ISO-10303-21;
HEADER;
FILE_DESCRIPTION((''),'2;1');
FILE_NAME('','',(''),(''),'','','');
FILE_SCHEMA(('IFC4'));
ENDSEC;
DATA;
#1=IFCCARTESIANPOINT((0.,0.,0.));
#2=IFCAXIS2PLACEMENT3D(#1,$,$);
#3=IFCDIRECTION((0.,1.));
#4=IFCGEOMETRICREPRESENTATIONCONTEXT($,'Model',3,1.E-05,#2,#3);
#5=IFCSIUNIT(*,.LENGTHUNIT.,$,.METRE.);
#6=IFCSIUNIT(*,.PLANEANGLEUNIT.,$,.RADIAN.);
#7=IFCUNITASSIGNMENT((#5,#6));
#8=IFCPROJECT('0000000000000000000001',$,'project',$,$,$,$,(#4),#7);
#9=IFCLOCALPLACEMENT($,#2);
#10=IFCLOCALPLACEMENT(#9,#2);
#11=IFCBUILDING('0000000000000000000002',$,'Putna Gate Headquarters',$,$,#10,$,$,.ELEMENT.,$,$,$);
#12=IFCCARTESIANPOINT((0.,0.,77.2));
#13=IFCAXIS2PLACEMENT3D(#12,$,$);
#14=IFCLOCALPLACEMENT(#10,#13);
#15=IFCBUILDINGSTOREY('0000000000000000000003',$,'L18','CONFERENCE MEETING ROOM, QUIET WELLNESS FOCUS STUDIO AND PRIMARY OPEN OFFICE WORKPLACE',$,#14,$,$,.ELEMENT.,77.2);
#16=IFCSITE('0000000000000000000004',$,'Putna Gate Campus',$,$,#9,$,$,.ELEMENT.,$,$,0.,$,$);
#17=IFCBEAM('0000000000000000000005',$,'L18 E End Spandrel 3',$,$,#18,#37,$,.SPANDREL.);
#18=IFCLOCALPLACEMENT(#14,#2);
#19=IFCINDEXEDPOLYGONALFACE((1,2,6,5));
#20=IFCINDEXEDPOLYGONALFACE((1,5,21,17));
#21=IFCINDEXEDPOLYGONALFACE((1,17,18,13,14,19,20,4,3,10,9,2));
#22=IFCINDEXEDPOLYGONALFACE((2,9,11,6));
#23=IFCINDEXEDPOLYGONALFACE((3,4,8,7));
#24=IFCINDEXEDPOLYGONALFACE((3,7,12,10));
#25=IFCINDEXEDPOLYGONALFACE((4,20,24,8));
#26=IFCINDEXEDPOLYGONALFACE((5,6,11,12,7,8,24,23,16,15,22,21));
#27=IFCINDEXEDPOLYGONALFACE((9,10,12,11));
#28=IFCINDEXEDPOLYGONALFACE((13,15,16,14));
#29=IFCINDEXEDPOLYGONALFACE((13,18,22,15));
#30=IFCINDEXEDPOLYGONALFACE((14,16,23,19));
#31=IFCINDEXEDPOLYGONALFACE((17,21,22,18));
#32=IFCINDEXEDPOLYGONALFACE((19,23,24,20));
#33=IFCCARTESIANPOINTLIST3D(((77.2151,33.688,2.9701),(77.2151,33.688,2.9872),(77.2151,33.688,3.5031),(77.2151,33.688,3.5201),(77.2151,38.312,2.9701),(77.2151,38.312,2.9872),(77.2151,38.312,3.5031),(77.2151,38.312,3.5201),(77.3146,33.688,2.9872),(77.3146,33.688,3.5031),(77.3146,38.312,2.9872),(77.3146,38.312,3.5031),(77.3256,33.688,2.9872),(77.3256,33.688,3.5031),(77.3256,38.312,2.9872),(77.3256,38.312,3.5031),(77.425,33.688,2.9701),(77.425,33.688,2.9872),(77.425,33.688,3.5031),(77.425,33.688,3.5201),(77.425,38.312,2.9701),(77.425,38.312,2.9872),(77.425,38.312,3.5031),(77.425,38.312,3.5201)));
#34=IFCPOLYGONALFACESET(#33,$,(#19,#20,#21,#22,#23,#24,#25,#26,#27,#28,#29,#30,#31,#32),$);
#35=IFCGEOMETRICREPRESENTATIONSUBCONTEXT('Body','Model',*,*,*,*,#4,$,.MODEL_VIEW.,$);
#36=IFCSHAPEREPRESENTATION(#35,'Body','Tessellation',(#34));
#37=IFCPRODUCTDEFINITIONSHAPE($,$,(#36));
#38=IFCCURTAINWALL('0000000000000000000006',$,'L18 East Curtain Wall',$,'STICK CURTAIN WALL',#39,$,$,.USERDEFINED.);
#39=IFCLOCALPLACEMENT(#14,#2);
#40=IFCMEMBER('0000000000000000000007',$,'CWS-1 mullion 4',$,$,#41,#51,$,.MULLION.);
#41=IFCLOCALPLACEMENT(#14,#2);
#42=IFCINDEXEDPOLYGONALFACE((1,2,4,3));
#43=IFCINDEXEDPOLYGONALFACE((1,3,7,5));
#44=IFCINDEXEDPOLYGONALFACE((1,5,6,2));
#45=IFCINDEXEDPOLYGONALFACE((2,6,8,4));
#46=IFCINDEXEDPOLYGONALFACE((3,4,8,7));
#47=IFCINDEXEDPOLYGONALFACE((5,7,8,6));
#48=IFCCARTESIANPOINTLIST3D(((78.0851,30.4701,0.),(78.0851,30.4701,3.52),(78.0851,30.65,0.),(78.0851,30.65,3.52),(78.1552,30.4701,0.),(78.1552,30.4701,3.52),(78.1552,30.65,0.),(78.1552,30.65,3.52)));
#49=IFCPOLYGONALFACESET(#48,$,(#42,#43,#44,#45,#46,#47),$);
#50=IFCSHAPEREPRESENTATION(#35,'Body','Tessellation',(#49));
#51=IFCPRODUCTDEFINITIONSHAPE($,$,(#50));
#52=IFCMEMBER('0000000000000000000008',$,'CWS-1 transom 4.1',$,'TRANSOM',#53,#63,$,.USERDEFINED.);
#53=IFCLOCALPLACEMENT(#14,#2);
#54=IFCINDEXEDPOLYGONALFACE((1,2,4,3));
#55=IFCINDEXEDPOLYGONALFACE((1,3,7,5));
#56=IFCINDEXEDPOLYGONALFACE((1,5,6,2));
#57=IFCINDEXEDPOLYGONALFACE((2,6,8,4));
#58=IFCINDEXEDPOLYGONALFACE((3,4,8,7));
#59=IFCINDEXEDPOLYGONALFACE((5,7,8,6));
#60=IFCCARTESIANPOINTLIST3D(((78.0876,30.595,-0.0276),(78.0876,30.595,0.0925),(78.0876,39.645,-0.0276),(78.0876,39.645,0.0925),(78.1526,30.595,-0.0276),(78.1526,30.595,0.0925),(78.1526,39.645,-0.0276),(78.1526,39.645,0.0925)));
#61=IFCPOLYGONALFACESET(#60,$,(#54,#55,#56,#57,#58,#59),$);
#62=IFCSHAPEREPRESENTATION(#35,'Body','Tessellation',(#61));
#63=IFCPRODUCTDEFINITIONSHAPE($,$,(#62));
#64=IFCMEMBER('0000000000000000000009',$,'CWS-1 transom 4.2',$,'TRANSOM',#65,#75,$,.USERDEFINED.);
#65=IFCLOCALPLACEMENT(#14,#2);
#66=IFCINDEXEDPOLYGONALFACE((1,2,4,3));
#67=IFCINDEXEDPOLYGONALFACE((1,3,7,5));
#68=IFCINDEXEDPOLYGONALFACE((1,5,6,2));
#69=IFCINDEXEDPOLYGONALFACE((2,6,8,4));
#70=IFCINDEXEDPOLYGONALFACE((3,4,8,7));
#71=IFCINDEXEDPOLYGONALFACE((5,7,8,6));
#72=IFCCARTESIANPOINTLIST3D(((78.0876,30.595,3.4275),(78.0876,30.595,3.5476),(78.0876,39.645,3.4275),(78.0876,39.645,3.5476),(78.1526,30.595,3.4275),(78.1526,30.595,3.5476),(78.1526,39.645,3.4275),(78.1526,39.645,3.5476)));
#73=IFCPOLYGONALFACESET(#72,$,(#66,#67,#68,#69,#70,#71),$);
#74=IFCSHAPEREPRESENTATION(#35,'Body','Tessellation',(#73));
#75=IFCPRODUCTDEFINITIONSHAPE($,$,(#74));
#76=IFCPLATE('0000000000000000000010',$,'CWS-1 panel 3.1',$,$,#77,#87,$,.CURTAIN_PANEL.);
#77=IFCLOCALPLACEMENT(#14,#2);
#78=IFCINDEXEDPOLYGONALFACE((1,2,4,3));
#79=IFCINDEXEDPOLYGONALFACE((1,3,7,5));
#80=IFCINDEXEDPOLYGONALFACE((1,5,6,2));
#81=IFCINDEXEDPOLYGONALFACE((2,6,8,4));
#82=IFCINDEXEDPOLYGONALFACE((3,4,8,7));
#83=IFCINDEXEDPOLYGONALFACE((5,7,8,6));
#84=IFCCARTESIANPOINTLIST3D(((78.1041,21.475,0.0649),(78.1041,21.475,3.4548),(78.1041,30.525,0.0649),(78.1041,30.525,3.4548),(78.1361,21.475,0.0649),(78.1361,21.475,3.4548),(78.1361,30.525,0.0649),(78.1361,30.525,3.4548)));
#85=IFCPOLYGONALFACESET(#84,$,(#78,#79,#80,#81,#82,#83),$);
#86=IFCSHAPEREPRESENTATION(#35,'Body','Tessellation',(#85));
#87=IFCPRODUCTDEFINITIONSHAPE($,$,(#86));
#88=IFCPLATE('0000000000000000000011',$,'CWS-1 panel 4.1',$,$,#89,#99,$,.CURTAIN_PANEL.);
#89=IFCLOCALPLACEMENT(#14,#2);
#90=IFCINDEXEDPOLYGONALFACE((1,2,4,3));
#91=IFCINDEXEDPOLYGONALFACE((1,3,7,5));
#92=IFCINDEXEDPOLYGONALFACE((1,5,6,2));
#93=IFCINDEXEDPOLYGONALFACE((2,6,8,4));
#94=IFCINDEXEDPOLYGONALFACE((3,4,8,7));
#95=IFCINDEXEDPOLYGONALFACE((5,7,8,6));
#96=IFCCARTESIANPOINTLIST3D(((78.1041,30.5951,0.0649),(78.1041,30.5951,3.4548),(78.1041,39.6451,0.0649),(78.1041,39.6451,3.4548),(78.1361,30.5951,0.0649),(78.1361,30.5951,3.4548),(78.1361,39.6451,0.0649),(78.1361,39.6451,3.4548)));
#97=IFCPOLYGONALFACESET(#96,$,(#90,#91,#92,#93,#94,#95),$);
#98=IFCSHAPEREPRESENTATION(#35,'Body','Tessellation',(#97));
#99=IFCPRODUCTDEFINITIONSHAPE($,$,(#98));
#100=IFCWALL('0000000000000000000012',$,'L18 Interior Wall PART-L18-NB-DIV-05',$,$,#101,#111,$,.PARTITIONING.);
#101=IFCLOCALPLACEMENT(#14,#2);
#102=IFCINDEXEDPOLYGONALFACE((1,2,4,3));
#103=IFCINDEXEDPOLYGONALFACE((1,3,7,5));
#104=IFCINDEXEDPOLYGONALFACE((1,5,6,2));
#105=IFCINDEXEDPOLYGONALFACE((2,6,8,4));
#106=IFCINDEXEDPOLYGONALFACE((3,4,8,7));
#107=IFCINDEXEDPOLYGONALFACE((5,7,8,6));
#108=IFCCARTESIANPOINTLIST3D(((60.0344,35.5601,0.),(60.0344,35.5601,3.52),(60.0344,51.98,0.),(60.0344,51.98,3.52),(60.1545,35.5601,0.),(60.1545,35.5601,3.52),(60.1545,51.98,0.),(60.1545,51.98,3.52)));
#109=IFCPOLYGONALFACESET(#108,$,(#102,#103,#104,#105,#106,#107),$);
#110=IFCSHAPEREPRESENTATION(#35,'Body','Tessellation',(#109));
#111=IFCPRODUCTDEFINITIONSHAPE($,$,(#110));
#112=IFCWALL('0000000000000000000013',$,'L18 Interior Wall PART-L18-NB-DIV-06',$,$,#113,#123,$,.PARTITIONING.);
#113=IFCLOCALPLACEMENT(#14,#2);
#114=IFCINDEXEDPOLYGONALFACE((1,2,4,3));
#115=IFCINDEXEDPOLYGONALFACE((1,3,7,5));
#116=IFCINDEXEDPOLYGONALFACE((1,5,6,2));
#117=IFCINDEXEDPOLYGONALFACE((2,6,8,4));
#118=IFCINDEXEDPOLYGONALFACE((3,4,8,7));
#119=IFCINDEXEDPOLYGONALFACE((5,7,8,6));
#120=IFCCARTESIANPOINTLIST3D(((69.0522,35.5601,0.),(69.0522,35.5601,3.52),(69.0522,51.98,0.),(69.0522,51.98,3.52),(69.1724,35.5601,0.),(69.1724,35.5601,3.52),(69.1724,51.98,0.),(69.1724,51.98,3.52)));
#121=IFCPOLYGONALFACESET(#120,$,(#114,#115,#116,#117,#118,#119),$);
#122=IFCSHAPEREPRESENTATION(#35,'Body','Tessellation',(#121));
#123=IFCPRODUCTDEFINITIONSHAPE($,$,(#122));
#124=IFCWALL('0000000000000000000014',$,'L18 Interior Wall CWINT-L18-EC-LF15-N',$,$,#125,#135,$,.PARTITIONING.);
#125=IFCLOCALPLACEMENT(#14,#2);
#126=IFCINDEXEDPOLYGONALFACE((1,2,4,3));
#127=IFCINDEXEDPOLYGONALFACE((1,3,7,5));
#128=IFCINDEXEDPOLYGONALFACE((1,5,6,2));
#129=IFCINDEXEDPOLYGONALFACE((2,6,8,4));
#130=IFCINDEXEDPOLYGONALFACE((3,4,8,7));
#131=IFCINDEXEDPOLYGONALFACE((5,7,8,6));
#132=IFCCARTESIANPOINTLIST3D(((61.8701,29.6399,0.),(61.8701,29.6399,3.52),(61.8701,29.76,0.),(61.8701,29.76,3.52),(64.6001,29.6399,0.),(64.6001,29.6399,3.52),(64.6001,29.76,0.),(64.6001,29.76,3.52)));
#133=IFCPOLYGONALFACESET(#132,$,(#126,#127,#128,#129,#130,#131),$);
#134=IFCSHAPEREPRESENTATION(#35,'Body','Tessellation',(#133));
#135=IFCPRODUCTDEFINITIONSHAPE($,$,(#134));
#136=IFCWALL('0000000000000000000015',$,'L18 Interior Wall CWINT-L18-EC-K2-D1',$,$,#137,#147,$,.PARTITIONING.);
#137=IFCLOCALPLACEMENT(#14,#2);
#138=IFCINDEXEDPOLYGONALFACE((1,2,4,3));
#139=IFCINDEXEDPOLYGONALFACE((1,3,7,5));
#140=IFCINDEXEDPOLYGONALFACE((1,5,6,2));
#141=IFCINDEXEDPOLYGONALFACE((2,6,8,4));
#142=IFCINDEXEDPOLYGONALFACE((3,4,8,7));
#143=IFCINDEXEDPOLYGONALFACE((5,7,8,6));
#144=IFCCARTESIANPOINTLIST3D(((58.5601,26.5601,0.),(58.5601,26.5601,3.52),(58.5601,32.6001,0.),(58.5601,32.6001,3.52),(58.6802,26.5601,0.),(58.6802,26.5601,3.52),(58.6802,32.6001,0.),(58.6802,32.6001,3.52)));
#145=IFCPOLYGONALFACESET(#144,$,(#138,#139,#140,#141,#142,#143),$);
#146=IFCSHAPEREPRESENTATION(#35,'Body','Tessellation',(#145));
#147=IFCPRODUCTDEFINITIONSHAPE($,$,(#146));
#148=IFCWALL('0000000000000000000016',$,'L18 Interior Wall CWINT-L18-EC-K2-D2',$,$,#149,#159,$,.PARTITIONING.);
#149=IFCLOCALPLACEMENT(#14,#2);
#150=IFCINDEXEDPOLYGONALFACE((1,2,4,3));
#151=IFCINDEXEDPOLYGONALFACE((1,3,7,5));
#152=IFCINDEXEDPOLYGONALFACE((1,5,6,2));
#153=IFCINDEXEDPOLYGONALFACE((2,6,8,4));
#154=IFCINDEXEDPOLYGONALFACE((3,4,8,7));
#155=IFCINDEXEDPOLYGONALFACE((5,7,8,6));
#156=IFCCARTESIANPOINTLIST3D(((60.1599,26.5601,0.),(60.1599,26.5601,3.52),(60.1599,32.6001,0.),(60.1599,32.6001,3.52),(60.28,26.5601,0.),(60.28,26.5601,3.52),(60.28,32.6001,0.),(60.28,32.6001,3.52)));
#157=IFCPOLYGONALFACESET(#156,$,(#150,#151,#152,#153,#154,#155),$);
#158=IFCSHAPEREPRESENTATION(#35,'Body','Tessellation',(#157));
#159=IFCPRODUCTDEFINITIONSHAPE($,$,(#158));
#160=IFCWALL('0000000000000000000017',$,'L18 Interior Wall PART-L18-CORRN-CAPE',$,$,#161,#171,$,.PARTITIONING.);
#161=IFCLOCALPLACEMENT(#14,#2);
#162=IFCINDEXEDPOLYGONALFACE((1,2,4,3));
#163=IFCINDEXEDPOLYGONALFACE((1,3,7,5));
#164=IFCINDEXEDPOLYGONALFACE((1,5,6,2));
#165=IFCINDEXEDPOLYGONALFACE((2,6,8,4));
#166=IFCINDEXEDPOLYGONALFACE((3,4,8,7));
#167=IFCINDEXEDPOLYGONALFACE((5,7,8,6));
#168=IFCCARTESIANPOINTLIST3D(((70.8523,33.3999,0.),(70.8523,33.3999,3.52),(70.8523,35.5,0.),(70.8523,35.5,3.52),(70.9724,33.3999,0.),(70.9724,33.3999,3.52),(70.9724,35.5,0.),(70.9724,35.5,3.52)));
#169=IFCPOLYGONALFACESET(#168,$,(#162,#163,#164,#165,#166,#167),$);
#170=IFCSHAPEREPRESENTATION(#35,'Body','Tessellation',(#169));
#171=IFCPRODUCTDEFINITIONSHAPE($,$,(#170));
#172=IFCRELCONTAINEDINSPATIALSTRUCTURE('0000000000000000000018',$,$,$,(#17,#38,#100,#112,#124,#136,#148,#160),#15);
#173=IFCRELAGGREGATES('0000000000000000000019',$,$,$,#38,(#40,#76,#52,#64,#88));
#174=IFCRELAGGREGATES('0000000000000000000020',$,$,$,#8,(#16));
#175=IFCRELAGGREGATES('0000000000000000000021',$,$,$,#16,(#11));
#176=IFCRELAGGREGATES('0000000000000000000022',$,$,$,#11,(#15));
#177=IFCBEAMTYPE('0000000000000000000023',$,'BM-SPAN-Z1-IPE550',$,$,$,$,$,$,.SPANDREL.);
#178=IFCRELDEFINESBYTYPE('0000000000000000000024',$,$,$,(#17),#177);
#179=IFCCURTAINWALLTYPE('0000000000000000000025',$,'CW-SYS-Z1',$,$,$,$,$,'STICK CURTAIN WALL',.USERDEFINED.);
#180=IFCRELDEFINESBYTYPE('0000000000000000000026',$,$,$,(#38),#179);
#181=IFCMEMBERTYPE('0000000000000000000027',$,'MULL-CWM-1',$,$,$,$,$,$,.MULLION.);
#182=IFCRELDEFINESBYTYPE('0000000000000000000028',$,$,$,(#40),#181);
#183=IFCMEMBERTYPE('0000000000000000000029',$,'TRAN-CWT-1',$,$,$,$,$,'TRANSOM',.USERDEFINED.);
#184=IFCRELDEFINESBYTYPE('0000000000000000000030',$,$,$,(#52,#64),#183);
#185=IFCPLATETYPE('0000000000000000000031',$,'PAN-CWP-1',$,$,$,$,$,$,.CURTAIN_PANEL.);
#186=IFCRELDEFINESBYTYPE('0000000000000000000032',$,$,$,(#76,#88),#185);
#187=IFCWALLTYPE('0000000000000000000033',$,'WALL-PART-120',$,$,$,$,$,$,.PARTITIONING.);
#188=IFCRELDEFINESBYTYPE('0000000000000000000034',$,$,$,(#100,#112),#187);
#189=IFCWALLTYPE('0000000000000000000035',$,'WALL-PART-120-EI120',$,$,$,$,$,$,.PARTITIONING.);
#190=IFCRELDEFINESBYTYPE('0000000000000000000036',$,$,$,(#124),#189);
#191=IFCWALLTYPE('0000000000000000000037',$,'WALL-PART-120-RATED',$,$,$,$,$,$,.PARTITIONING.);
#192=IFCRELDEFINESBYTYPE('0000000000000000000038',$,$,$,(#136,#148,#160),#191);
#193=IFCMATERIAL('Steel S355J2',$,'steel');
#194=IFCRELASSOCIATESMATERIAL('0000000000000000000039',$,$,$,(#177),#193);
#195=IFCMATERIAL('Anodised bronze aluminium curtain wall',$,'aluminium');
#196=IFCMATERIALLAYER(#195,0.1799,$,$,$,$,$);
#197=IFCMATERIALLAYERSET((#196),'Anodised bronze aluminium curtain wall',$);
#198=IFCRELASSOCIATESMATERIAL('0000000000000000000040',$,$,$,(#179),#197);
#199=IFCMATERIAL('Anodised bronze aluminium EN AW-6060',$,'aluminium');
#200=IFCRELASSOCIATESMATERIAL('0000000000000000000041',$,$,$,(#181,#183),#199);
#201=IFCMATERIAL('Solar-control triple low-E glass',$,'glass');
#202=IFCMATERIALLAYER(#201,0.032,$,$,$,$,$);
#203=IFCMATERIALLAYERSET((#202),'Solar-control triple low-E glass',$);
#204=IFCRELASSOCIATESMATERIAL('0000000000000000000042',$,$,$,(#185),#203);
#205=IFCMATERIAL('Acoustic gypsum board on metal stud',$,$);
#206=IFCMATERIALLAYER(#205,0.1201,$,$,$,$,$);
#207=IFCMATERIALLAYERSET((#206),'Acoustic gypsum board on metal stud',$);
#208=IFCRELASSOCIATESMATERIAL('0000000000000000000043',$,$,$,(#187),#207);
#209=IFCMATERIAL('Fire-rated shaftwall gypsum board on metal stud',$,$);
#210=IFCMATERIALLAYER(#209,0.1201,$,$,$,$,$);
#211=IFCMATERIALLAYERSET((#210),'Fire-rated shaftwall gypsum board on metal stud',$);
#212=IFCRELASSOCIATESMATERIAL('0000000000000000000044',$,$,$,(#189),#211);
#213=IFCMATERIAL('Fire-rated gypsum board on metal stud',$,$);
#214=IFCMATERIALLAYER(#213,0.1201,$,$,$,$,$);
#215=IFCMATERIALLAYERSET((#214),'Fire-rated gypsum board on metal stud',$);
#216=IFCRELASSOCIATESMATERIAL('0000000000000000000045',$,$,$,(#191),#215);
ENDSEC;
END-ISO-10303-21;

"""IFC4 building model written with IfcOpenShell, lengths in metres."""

from ifc_helpers import new_model, si_unit, direction, frame, frame_2d, origin, origin_2d, place, context, subcontext, project, spatial, rectangle, i_section, extrude, material, layer, layer_set, material_profile, profile_set, type_object, element, aggregate, save


model = new_model("IFC4")

# Units and contexts
model_context = context("Model", 3, precision=1e-05, world=origin(), true_north=direction((0.0, 1.0)))
body_context = subcontext(model_context, "Body", "Model", "MODEL_VIEW")
ifc_project = project(units=[si_unit("LENGTHUNIT", "METRE"), si_unit("PLANEANGLEUNIT", "RADIAN")], contexts=[model_context])

# Site, building, storey
site_placement = place(None, origin())
site = spatial("IfcSite", under=ifc_project, at=site_placement, Name="Putna Gate Campus", CompositionType="ELEMENT", RefElevation=0.0)
building_placement = place(site_placement, origin())
building = spatial("IfcBuilding", under=site, at=building_placement, Name="Putna Gate Headquarters", CompositionType="ELEMENT")
storey_placement = place(building_placement, frame((0.0, 0.0, 77.2)))
storey = spatial("IfcBuildingStorey", under=building, at=storey_placement, Name="L18", Description="CONFERENCE MEETING ROOM, QUIET WELLNESS FOCUS STUDIO AND PRIMARY OPEN OFFICE WORKPLACE", CompositionType="ELEMENT", Elevation=77.2)

# Beam
ifc_material_1 = material(Name="Steel S355J2", Category="steel")
ifc_material_profile_1 = material_profile(ifc_material_1, i_section(OverallWidth=0.21, OverallDepth=0.55, WebThickness=0.011, FlangeThickness=0.0171, at=origin_2d()), Name="Steel S355J2")
ifc_profile_set_1 = profile_set([ifc_material_profile_1], Name="Steel S355J2")
beam_type_1 = type_object("IfcBeamType", Name="BM-SPAN-Z1-IPE550", PredefinedType="SPANDREL", material=ifc_profile_set_1)
beam_1_placement = place(storey_placement, frame((77.3201, 33.688, 3.2451), z_axis=(0.0, 1.0, 0.0), x_axis=(-1.0, 0.0, 0.0)))
element("IfcBeam", 1, at=beam_1_placement, inside=storey, type_object=beam_type_1, Name="L18 E End Spandrel 3", PredefinedType="SPANDREL", context=body_context, shape_type="SweptSolid", body=[
    extrude(i_section(OverallWidth=0.21, OverallDepth=0.55, WebThickness=0.011, FlangeThickness=0.0171, at=origin_2d()), origin(), (0.0, 0.0, 1.0), 4.624),
])

# Curtain wall, members, plates
ifc_material_2 = material(Name="Anodised bronze aluminium curtain wall", Category="aluminium")
ifc_layer_1 = layer(ifc_material_2, 0.1799)
ifc_layer_set_1 = layer_set([ifc_layer_1], Name="Anodised bronze aluminium curtain wall")
curtain_wall_type = type_object("IfcCurtainWallType", Name="CW-SYS-Z1", ElementType="STICK CURTAIN WALL", PredefinedType="USERDEFINED", material=ifc_layer_set_1)
curtain_wall_placement = place(storey_placement, origin())
curtain_wall = element("IfcCurtainWall", 2, at=curtain_wall_placement, inside=storey, type_object=curtain_wall_type, Name="L18 East Curtain Wall", ObjectType="STICK CURTAIN WALL", PredefinedType="USERDEFINED")
ifc_material_3 = material(Name="Anodised bronze aluminium EN AW-6060", Category="aluminium")
ifc_material_profile_2 = material_profile(ifc_material_3, rectangle(XDim=0.0701, YDim=0.1799, at=origin_2d()), Name="Anodised bronze aluminium EN AW-6060")
ifc_profile_set_2 = profile_set([ifc_material_profile_2], Name="Anodised bronze aluminium EN AW-6060")
member_type_1 = type_object("IfcMemberType", Name="MULL-CWM-1", PredefinedType="MULLION", material=ifc_profile_set_2)
member_1_placement = place(storey_placement, frame((78.1201, 30.5601, 0.0), z_axis=(0.0, 0.0, 1.0), x_axis=(-1.0, 0.0, 0.0)))
member_1 = element("IfcMember", 3, at=member_1_placement, type_object=member_type_1, Name="CWS-1 mullion 4", PredefinedType="MULLION", context=body_context, shape_type="SweptSolid", body=[
    extrude(rectangle(XDim=0.0701, YDim=0.1799, at=origin_2d()), origin(), (0.0, 0.0, 1.0), 3.52),
])
ifc_material_profile_3 = material_profile(ifc_material_3, rectangle(XDim=0.0649, YDim=0.1201, at=origin_2d()), Name="Anodised bronze aluminium EN AW-6060")
ifc_profile_set_3 = profile_set([ifc_material_profile_3], Name="Anodised bronze aluminium EN AW-6060")
member_type_2 = type_object("IfcMemberType", Name="TRAN-CWT-1", ElementType="TRANSOM", PredefinedType="USERDEFINED", material=ifc_profile_set_3)
member_2_placement = place(storey_placement, frame((78.1201, 30.595, 0.0325), z_axis=(0.0, 1.0, 0.0), x_axis=(-1.0, 0.0, 0.0)))
member_2 = element("IfcMember", 4, at=member_2_placement, type_object=member_type_2, Name="CWS-1 transom 4.1", ObjectType="TRANSOM", PredefinedType="USERDEFINED", context=body_context, shape_type="SweptSolid", body=[
    extrude(rectangle(XDim=0.0649, YDim=0.1201, at=origin_2d()), origin(), (0.0, 0.0, 1.0), 9.05),
])
member_3_placement = place(storey_placement, frame((78.1201, 30.595, 3.4875), z_axis=(0.0, 1.0, 0.0), x_axis=(-1.0, 0.0, 0.0)))
member_3 = element("IfcMember", 5, at=member_3_placement, type_object=member_type_2, Name="CWS-1 transom 4.2", ObjectType="TRANSOM", PredefinedType="USERDEFINED", context=body_context, shape_type="SweptSolid", body=[
    extrude(rectangle(XDim=0.0649, YDim=0.1201, at=origin_2d()), origin(), (0.0, 0.0, 1.0), 9.05),
])
ifc_material_4 = material(Name="Solar-control triple low-E glass", Category="glass")
ifc_layer_2 = layer(ifc_material_4, 0.032)
ifc_layer_set_2 = layer_set([ifc_layer_2], Name="Solar-control triple low-E glass")
plate_type = type_object("IfcPlateType", Name="PAN-CWP-1", PredefinedType="CURTAIN_PANEL", material=ifc_layer_set_2)
plate_1_placement = place(storey_placement, frame((78.1201, 26.0, 0.0649), z_axis=(0.0, 0.0, 1.0), x_axis=(0.0, 1.0, 0.0)))
plate_1 = element("IfcPlate", 6, at=plate_1_placement, type_object=plate_type, Name="CWS-1 panel 3.1", PredefinedType="CURTAIN_PANEL", context=body_context, shape_type="SweptSolid", body=[
    extrude(rectangle(XDim=9.05, YDim=0.032, at=origin_2d()), origin(), (0.0, 0.0, 1.0), 3.3899),
])
plate_2_placement = place(storey_placement, frame((78.1201, 35.1201, 0.0649), z_axis=(0.0, 0.0, 1.0), x_axis=(0.0, 1.0, 0.0)))
plate_2 = element("IfcPlate", 7, at=plate_2_placement, type_object=plate_type, Name="CWS-1 panel 4.1", PredefinedType="CURTAIN_PANEL", context=body_context, shape_type="SweptSolid", body=[
    extrude(rectangle(XDim=9.05, YDim=0.032, at=origin_2d()), origin(), (0.0, 0.0, 1.0), 3.3899),
])
aggregate(curtain_wall, [member_1, plate_1, member_2, member_3, plate_2])

# Walls
ifc_material_5 = material(Name="Acoustic gypsum board on metal stud")
ifc_layer_3 = layer(ifc_material_5, 0.1201)
ifc_layer_set_3 = layer_set([ifc_layer_3], Name="Acoustic gypsum board on metal stud")
wall_type_1 = type_object("IfcWallType", Name="WALL-PART-120", PredefinedType="PARTITIONING", material=ifc_layer_set_3)
for number, where, z_axis, x_axis, name in (
    (8, (60.0945, 35.5601, 0.0), (0.0, 0.0, 1.0), (0.0, 1.0, 0.0), "L18 Interior Wall PART-L18-NB-DIV-05"),
    (9, (69.1123, 35.5601, 0.0), (0.0, 0.0, 1.0), (0.0, 1.0, 0.0), "L18 Interior Wall PART-L18-NB-DIV-06"),
):
    element("IfcWall", number, at=place(storey_placement, frame(where, z_axis=z_axis, x_axis=x_axis)), inside=storey, type_object=wall_type_1, Name=name, PredefinedType="PARTITIONING", context=body_context, shape_type="SweptSolid", body=[
        extrude(rectangle(XDim=16.4199, YDim=0.1201, at=frame_2d((8.21, 0.0))), origin(), (0.0, 0.0, 1.0), 3.52),
    ])
ifc_material_6 = material(Name="Fire-rated shaftwall gypsum board on metal stud")
ifc_layer_4 = layer(ifc_material_6, 0.1201)
ifc_layer_set_4 = layer_set([ifc_layer_4], Name="Fire-rated shaftwall gypsum board on metal stud")
wall_type_2 = type_object("IfcWallType", Name="WALL-PART-120-EI120", PredefinedType="PARTITIONING", material=ifc_layer_set_4)
wall_1_placement = place(storey_placement, frame((61.8701, 29.7, 0.0), z_axis=(0.0, 0.0, 1.0), x_axis=(1.0, 0.0, 0.0)))
element("IfcWall", 10, at=wall_1_placement, inside=storey, type_object=wall_type_2, Name="L18 Interior Wall CWINT-L18-EC-LF15-N", PredefinedType="PARTITIONING", context=body_context, shape_type="SweptSolid", body=[
    extrude(rectangle(XDim=2.73, YDim=0.1201, at=frame_2d((1.365, 0.0))), origin(), (0.0, 0.0, 1.0), 3.52),
])
ifc_material_7 = material(Name="Fire-rated gypsum board on metal stud")
ifc_layer_5 = layer(ifc_material_7, 0.1201)
ifc_layer_set_5 = layer_set([ifc_layer_5], Name="Fire-rated gypsum board on metal stud")
wall_type_3 = type_object("IfcWallType", Name="WALL-PART-120-RATED", PredefinedType="PARTITIONING", material=ifc_layer_set_5)
for number, where, z_axis, x_axis, name in (
    (11, (58.6201, 26.5601, 0.0), (0.0, 0.0, 1.0), (0.0, 1.0, 0.0), "L18 Interior Wall CWINT-L18-EC-K2-D1"),
    (12, (60.22, 26.5601, 0.0), (0.0, 0.0, 1.0), (0.0, 1.0, 0.0), "L18 Interior Wall CWINT-L18-EC-K2-D2"),
):
    element("IfcWall", number, at=place(storey_placement, frame(where, z_axis=z_axis, x_axis=x_axis)), inside=storey, type_object=wall_type_3, Name=name, PredefinedType="PARTITIONING", context=body_context, shape_type="SweptSolid", body=[
        extrude(rectangle(XDim=6.04, YDim=0.1201, at=frame_2d((3.02, 0.0))), origin(), (0.0, 0.0, 1.0), 3.52),
    ])
wall_2_placement = place(storey_placement, frame((70.9124, 33.3999, 0.0), z_axis=(0.0, 0.0, 1.0), x_axis=(0.0, 1.0, 0.0)))
element("IfcWall", 13, at=wall_2_placement, inside=storey, type_object=wall_type_3, Name="L18 Interior Wall PART-L18-CORRN-CAPE", PredefinedType="PARTITIONING", context=body_context, shape_type="SweptSolid", body=[
    extrude(rectangle(XDim=2.1001, YDim=0.1201, at=frame_2d((1.05, 0.0))), origin(), (0.0, 0.0, 1.0), 3.52),
])

save(model, "model.ifc")
